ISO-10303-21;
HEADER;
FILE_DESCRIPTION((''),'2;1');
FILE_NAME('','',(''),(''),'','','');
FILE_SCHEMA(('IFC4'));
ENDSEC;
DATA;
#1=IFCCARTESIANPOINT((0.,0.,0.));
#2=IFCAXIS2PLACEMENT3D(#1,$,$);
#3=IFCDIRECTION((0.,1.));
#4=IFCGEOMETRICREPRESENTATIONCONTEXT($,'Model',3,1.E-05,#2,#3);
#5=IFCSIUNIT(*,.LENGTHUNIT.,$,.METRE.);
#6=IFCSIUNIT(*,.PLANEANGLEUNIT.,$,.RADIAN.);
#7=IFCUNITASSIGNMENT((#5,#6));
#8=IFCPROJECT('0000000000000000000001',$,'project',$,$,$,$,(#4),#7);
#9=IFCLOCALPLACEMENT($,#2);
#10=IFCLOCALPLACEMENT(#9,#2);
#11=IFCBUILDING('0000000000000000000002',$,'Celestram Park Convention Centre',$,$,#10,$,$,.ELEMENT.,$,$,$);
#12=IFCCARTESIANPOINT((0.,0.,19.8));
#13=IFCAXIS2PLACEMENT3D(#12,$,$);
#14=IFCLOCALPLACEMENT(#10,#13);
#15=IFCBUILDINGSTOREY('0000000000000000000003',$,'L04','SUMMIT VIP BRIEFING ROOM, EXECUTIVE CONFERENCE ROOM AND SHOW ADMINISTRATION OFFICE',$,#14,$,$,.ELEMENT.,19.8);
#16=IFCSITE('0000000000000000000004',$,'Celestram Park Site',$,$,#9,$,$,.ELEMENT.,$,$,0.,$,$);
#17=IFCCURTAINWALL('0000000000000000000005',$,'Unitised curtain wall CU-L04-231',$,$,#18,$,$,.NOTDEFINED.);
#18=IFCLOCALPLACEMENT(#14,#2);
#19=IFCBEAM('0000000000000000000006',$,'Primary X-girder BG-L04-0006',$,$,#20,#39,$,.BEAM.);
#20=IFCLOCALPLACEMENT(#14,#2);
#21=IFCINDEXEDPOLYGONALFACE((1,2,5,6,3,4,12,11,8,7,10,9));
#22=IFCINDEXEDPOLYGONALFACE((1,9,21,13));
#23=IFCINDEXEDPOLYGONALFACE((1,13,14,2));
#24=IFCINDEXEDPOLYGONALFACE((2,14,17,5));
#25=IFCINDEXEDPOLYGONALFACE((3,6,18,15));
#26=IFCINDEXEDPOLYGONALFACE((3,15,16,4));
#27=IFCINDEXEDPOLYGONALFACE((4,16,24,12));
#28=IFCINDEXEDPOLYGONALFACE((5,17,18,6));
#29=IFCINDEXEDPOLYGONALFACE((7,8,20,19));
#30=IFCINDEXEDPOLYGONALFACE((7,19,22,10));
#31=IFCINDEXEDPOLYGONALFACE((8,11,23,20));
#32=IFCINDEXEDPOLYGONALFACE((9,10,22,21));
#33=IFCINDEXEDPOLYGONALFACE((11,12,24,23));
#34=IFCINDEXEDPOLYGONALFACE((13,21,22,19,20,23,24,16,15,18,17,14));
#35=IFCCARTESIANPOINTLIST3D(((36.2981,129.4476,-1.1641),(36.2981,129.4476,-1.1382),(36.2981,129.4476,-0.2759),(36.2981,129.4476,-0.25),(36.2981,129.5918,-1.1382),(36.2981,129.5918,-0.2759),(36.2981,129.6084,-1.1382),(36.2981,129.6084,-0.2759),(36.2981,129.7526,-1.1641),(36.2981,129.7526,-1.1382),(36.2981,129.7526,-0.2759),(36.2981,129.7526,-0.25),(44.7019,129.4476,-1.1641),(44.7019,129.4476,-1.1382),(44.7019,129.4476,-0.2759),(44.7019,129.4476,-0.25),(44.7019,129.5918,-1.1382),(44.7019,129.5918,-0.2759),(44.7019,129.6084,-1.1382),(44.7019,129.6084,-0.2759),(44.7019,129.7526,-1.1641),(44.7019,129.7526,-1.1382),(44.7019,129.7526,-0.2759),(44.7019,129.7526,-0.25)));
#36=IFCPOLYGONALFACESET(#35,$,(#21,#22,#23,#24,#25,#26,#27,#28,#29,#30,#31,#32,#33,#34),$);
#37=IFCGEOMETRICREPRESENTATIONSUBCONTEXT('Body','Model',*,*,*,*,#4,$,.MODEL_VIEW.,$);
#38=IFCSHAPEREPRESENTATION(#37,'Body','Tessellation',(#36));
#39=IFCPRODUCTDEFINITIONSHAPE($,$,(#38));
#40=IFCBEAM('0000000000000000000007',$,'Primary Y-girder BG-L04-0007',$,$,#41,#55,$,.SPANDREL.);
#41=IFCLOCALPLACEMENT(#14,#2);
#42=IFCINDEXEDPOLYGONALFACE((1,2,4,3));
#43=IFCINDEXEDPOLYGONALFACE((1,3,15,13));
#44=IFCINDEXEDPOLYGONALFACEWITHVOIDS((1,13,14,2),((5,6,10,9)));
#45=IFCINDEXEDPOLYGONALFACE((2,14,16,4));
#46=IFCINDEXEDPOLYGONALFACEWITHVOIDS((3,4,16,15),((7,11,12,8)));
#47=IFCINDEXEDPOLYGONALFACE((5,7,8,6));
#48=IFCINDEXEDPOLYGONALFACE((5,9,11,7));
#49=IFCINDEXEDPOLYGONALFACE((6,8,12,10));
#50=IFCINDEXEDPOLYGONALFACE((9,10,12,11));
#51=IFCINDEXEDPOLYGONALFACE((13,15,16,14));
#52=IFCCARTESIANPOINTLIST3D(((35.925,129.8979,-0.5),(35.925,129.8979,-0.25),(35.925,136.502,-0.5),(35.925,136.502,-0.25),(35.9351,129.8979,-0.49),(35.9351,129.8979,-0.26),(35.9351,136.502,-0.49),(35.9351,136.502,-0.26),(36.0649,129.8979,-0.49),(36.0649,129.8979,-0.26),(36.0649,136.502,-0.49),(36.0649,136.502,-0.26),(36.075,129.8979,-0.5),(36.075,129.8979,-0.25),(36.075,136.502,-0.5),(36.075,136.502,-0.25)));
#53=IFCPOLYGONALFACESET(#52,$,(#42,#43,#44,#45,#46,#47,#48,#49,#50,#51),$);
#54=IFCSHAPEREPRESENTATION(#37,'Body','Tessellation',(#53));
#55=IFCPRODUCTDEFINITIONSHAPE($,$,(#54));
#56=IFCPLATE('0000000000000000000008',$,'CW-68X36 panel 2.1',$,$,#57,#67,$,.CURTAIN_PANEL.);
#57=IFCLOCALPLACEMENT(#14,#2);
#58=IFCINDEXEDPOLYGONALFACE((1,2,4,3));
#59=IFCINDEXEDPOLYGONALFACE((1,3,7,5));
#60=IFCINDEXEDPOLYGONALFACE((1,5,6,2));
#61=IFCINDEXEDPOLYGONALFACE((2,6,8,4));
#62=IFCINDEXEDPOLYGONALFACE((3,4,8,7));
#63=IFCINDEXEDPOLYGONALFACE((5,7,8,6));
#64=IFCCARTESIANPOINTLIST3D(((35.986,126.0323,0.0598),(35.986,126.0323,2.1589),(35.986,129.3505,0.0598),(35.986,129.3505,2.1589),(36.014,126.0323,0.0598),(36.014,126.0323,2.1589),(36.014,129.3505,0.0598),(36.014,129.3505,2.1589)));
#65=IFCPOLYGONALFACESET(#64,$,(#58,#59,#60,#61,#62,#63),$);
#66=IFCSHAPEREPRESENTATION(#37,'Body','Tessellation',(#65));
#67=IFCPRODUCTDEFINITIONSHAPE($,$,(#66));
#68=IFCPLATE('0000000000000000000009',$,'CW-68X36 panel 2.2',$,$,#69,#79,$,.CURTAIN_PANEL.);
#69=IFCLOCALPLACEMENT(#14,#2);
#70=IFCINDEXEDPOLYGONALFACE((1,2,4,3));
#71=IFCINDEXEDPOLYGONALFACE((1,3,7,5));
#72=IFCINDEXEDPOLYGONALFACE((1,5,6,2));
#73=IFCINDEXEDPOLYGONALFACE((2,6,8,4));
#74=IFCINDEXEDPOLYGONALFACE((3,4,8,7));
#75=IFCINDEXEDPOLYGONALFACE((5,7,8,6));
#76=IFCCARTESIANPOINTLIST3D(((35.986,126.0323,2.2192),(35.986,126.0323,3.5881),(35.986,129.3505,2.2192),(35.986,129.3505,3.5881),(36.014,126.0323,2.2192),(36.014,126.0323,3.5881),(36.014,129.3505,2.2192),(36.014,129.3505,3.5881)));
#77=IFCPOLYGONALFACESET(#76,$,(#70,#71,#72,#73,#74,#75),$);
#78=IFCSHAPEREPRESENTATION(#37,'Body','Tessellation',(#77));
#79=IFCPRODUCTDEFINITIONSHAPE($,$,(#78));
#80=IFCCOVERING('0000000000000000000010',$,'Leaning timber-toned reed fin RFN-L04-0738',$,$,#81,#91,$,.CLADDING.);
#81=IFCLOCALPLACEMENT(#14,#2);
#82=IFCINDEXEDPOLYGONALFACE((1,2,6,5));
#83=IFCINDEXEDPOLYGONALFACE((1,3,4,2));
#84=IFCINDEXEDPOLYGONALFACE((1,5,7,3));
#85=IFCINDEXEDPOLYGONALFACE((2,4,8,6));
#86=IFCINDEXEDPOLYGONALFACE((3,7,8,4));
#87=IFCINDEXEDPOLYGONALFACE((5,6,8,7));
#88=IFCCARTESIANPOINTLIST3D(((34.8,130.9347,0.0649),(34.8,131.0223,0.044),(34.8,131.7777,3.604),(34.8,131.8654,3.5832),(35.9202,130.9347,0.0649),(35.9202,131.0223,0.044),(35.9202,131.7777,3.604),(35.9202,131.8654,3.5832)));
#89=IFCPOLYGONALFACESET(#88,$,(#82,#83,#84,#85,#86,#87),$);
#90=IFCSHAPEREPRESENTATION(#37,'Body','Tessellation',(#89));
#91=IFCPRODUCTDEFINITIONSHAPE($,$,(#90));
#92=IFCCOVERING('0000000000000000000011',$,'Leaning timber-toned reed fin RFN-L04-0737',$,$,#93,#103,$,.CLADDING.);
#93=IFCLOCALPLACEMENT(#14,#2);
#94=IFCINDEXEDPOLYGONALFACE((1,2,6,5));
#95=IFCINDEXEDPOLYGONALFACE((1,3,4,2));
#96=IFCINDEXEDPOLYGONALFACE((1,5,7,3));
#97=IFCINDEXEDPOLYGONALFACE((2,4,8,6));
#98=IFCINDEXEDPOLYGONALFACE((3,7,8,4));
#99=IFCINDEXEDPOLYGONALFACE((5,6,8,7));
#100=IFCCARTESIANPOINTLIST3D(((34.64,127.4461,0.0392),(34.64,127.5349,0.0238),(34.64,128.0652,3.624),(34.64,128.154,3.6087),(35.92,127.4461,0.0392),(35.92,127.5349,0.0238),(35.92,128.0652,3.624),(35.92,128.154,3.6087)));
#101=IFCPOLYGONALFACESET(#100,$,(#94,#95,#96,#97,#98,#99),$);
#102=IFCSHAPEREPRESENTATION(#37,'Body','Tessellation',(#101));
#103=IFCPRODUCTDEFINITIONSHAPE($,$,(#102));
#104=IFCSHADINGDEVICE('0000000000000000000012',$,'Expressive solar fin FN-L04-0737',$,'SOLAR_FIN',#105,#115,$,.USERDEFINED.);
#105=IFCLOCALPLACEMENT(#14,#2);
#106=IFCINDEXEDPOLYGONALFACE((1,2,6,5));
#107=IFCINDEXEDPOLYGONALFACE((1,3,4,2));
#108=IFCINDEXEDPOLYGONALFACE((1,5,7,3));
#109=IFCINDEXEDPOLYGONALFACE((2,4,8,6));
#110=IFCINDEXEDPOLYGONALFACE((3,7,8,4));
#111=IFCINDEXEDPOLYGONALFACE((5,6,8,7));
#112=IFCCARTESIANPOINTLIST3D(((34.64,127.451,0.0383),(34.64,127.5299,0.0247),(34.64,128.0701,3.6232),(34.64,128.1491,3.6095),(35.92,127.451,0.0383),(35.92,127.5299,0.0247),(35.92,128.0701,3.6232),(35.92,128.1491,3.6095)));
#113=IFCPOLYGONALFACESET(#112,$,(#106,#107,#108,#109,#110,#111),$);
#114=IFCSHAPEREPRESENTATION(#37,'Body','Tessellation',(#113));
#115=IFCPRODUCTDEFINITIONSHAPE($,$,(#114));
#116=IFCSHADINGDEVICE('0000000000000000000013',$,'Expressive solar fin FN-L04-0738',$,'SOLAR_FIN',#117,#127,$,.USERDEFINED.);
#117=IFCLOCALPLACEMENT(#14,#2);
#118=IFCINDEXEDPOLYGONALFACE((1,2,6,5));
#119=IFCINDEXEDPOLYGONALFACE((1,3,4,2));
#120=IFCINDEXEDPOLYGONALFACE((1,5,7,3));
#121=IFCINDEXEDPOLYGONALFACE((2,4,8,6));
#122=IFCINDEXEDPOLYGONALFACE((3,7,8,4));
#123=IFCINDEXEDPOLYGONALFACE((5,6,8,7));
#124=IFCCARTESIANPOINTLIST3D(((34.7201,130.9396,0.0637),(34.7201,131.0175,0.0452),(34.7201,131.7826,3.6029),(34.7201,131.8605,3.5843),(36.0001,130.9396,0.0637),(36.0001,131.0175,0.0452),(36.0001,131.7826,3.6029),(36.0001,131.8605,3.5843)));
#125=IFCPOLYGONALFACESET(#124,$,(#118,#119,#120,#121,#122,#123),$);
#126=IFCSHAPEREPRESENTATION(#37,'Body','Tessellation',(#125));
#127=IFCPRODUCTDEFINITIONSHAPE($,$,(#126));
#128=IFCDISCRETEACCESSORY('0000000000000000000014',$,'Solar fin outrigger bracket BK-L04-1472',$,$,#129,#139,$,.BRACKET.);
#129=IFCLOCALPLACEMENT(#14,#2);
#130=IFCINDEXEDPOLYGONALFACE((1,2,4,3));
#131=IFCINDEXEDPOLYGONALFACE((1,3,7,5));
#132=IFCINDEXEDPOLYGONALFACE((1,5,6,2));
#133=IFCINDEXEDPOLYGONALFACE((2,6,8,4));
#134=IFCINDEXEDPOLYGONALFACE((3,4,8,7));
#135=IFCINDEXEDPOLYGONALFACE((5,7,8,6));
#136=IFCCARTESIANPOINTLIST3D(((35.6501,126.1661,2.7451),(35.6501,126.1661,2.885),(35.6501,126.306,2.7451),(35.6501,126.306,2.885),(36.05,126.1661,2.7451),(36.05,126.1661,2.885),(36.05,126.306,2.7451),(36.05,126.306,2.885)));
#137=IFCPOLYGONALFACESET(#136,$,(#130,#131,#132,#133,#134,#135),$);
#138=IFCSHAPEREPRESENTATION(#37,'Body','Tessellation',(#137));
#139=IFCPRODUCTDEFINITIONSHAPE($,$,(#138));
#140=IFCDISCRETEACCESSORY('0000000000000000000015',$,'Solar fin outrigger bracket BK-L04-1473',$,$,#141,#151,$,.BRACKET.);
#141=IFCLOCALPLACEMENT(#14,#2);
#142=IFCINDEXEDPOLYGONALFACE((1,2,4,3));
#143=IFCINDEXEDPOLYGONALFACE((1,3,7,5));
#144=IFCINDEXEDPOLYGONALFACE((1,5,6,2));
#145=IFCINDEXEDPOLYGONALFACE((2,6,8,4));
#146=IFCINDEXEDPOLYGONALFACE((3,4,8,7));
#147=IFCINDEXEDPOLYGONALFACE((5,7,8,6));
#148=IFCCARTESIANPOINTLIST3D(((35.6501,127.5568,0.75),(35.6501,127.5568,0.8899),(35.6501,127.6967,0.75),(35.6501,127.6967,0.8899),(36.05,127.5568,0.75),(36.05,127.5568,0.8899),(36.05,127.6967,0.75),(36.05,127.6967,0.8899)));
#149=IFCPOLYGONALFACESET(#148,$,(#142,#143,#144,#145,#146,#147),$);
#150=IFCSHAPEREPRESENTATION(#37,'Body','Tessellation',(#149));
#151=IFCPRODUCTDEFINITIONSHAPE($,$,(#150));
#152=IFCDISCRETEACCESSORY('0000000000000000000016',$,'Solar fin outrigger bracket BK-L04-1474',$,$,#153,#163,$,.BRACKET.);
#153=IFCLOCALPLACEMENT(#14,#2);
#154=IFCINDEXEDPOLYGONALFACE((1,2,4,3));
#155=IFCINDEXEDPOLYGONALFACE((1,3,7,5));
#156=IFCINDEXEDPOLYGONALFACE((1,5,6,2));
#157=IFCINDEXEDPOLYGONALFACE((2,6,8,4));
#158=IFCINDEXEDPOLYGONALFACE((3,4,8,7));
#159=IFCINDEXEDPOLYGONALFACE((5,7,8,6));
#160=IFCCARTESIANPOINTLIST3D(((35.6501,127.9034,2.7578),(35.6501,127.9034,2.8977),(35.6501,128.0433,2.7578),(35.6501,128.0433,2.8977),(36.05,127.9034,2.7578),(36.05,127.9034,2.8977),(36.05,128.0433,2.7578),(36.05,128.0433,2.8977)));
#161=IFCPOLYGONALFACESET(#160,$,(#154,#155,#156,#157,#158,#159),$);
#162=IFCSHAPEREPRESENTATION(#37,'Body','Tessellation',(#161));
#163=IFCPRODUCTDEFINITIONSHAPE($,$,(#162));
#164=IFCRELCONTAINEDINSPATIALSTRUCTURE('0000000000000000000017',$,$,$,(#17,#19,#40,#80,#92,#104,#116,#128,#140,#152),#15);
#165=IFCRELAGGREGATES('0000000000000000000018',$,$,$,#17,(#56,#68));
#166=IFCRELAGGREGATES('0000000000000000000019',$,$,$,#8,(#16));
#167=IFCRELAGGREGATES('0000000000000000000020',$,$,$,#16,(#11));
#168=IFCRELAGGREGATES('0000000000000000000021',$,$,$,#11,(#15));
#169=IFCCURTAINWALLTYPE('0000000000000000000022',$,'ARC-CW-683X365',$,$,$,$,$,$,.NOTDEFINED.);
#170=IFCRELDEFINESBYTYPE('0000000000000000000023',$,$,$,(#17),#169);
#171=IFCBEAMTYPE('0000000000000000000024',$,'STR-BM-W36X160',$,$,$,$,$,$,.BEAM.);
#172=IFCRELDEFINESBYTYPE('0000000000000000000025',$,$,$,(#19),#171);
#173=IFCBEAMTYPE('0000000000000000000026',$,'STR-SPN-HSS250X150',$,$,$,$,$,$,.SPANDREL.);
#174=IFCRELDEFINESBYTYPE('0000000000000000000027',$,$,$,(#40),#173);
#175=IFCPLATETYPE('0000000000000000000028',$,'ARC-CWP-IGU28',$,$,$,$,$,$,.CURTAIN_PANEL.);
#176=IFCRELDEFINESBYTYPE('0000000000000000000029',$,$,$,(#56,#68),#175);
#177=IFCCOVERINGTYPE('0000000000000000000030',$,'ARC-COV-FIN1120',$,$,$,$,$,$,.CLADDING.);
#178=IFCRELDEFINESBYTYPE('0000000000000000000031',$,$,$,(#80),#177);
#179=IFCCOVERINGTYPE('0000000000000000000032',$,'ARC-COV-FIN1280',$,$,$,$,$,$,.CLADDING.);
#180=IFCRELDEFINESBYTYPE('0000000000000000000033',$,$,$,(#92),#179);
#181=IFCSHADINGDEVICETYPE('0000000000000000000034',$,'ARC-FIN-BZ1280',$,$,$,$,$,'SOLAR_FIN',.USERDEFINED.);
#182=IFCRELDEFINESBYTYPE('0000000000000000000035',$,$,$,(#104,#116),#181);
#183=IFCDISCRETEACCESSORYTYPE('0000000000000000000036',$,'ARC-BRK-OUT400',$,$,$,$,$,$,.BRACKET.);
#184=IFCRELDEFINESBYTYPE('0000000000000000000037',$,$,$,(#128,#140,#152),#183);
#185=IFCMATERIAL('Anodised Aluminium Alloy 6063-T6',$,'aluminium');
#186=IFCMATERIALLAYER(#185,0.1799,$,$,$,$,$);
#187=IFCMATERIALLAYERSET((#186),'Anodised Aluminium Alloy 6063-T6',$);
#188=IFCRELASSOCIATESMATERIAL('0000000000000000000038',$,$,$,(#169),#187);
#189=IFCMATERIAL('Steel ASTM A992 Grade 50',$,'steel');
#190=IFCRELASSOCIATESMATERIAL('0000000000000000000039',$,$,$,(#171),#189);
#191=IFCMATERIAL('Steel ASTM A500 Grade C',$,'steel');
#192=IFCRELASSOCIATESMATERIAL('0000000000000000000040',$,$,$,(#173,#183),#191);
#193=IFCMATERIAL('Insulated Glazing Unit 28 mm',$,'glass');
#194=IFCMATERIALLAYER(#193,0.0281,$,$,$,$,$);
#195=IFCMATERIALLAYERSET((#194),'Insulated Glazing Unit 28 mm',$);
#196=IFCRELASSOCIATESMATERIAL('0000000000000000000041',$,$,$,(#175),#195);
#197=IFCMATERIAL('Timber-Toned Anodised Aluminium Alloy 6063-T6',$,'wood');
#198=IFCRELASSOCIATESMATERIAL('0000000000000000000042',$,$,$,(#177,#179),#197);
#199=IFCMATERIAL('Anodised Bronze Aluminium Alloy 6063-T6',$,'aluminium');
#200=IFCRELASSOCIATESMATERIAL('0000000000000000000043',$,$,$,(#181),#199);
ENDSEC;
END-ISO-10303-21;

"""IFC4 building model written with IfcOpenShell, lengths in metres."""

from ifc_helpers import new_model, si_unit, direction, frame, origin, origin_2d, place, context, subcontext, project, spatial, rectangle, hollow_rectangle, i_section, extrude, material, layer, layer_set, material_profile, profile_set, type_object, element, aggregate, save


model = new_model("IFC4")

# Units and contexts
model_context = context("Model", 3, precision=1e-05, world=origin(), true_north=direction((0.0, 1.0)))
body_context = subcontext(model_context, "Body", "Model", "MODEL_VIEW")
ifc_project = project(units=[si_unit("LENGTHUNIT", "METRE"), si_unit("PLANEANGLEUNIT", "RADIAN")], contexts=[model_context])

# Site, building, storey
site_placement = place(None, origin())
site = spatial("IfcSite", under=ifc_project, at=site_placement, Name="Celestram Park Site", CompositionType="ELEMENT", RefElevation=0.0)
building_placement = place(site_placement, origin())
building = spatial("IfcBuilding", under=site, at=building_placement, Name="Celestram Park Convention Centre", CompositionType="ELEMENT")
storey_placement = place(building_placement, frame((0.0, 0.0, 19.8)))
storey = spatial("IfcBuildingStorey", under=building, at=storey_placement, Name="L04", Description="SUMMIT VIP BRIEFING ROOM, EXECUTIVE CONFERENCE ROOM AND SHOW ADMINISTRATION OFFICE", CompositionType="ELEMENT", Elevation=19.8)

# Shared definitions
ifc_material_1 = material(Name="Steel ASTM A992 Grade 50", Category="steel")

# Curtain wall
ifc_material_2 = material(Name="Anodised Aluminium Alloy 6063-T6", Category="aluminium")
ifc_layer_1 = layer(ifc_material_2, 0.1799)
ifc_layer_set_1 = layer_set([ifc_layer_1], Name="Anodised Aluminium Alloy 6063-T6")
curtain_wall_type = type_object("IfcCurtainWallType", Name="ARC-CW-683X365", PredefinedType="NOTDEFINED", material=ifc_layer_set_1)
curtain_wall_1_placement = place(storey_placement, origin())
curtain_wall_1 = element("IfcCurtainWall", 1, at=curtain_wall_1_placement, inside=storey, type_object=curtain_wall_type, Name="Unitised curtain wall CU-L04-231", PredefinedType="NOTDEFINED")

# Beams
ifc_material_profile_1 = material_profile(ifc_material_1, i_section(OverallWidth=0.3049, OverallDepth=0.9141, WebThickness=0.0166, FlangeThickness=0.0259, at=origin_2d()), Name="W36X160")
ifc_profile_set_1 = profile_set([ifc_material_profile_1], Name="Steel ASTM A992 Grade 50")
beam_type_1 = type_object("IfcBeamType", Name="STR-BM-W36X160", PredefinedType="BEAM", material=ifc_profile_set_1)
beam_1_placement = place(storey_placement, frame((36.2981, 129.6001, -0.707), z_axis=(1.0, 0.0, 0.0), x_axis=(0.0, 1.0, 0.0)))
element("IfcBeam", 2, at=beam_1_placement, inside=storey, type_object=beam_type_1, Name="Primary X-girder BG-L04-0006", PredefinedType="BEAM", context=body_context, shape_type="SweptSolid", body=[
    extrude(i_section(OverallWidth=0.3049, OverallDepth=0.9141, WebThickness=0.0166, FlangeThickness=0.0259, at=origin_2d()), origin(), (0.0, 0.0, 1.0), 8.4038),
])
ifc_material_3 = material(Name="Steel ASTM A500 Grade C", Category="steel")
ifc_material_profile_2 = material_profile(ifc_material_3, hollow_rectangle(XDim=0.1499, YDim=0.25, WallThickness=0.01, at=origin_2d()), Name="HSS250X150X10")
ifc_profile_set_2 = profile_set([ifc_material_profile_2], Name="Steel ASTM A500 Grade C")
beam_type_2 = type_object("IfcBeamType", Name="STR-SPN-HSS250X150", PredefinedType="SPANDREL", material=ifc_profile_set_2)
beam_2_placement = place(storey_placement, frame((36.0, 129.8979, -0.375), z_axis=(0.0, 1.0, 0.0), x_axis=(-1.0, 0.0, 0.0)))
element("IfcBeam", 3, at=beam_2_placement, inside=storey, type_object=beam_type_2, Name="Primary Y-girder BG-L04-0007", PredefinedType="SPANDREL", context=body_context, shape_type="SweptSolid", body=[
    extrude(hollow_rectangle(XDim=0.1499, YDim=0.25, WallThickness=0.01, at=origin_2d()), origin(), (0.0, 0.0, 1.0), 6.604),
])

# Plates
ifc_material_4 = material(Name="Insulated Glazing Unit 28 mm", Category="glass")
ifc_layer_2 = layer(ifc_material_4, 0.0281)
ifc_layer_set_2 = layer_set([ifc_layer_2], Name="Insulated Glazing Unit 28 mm")
plate_type = type_object("IfcPlateType", Name="ARC-CWP-IGU28", PredefinedType="CURTAIN_PANEL", material=ifc_layer_set_2)
plate_1_placement = place(storey_placement, frame((36.0, 127.6914, 0.0598), z_axis=(0.0, 0.0, 1.0), x_axis=(0.0, 1.0, 0.0)))
plate_1 = element("IfcPlate", 4, at=plate_1_placement, type_object=plate_type, Name="CW-68X36 panel 2.1", PredefinedType="CURTAIN_PANEL", context=body_context, shape_type="SweptSolid", body=[
    extrude(rectangle(XDim=3.3181, YDim=0.0281, at=origin_2d()), origin(), (0.0, 0.0, 1.0), 2.0991),
])
plate_2_placement = place(storey_placement, frame((36.0, 127.6914, 2.2192), z_axis=(0.0, 0.0, 1.0), x_axis=(0.0, 1.0, 0.0)))
plate_2 = element("IfcPlate", 5, at=plate_2_placement, type_object=plate_type, Name="CW-68X36 panel 2.2", PredefinedType="CURTAIN_PANEL", context=body_context, shape_type="SweptSolid", body=[
    extrude(rectangle(XDim=3.3181, YDim=0.0281, at=origin_2d()), origin(), (0.0, 0.0, 1.0), 1.3689),
])
aggregate(curtain_wall_1, [plate_1, plate_2])

# Coverings
ifc_material_5 = material(Name="Timber-Toned Anodised Aluminium Alloy 6063-T6", Category="wood")
ifc_material_profile_3 = material_profile(ifc_material_5, rectangle(XDim=1.1201, YDim=0.0901, at=origin_2d()), Name="REED1120X90")
ifc_profile_set_3 = profile_set([ifc_material_profile_3], Name="Timber-Toned Anodised Aluminium Alloy 6063-T6")
covering_type_1 = type_object("IfcCoveringType", Name="ARC-COV-FIN1120", PredefinedType="CLADDING", material=ifc_profile_set_3)
covering_1_placement = place(storey_placement, frame((35.3601, 130.9785, 0.0544), z_axis=(0.0, 0.23172, 0.972782), x_axis=(-1.0, 0.0, 0.0)))
element("IfcCovering", 6, at=covering_1_placement, inside=storey, type_object=covering_type_1, Name="Leaning timber-toned reed fin RFN-L04-0738", PredefinedType="CLADDING", context=body_context, shape_type="SweptSolid", body=[
    extrude(rectangle(XDim=1.1201, YDim=0.0901, at=origin_2d()), origin(), (0.0, 0.0, 1.0), 3.6382),
])
ifc_material_profile_4 = material_profile(ifc_material_5, rectangle(XDim=1.28, YDim=0.0901, at=origin_2d()), Name="REED1280X90")
ifc_profile_set_4 = profile_set([ifc_material_profile_4], Name="Timber-Toned Anodised Aluminium Alloy 6063-T6")
covering_type_2 = type_object("IfcCoveringType", Name="ARC-COV-FIN1280", PredefinedType="CLADDING", material=ifc_profile_set_4)
covering_2_placement = place(storey_placement, frame((35.28, 127.4905, 0.0315), z_axis=(0.0, 0.170186, 0.985412), x_axis=(-1.0, 0.0, 0.0)))
element("IfcCovering", 7, at=covering_2_placement, inside=storey, type_object=covering_type_2, Name="Leaning timber-toned reed fin RFN-L04-0737", PredefinedType="CLADDING", context=body_context, shape_type="SweptSolid", body=[
    extrude(rectangle(XDim=1.28, YDim=0.0901, at=origin_2d()), origin(), (0.0, 0.0, 1.0), 3.6379),
])

# Shading devices
ifc_material_6 = material(Name="Anodised Bronze Aluminium Alloy 6063-T6", Category="aluminium")
ifc_material_profile_5 = material_profile(ifc_material_6, rectangle(XDim=1.28, YDim=0.0801, at=origin_2d()), Name="FIN1280X80")
ifc_profile_set_5 = profile_set([ifc_material_profile_5], Name="Anodised Bronze Aluminium Alloy 6063-T6")
shading_device_type = type_object("IfcShadingDeviceType", Name="ARC-FIN-BZ1280", ElementType="SOLAR_FIN", PredefinedType="USERDEFINED", material=ifc_profile_set_5)
shading_device_1_placement = place(storey_placement, frame((35.28, 127.4905, 0.0315), z_axis=(0.0, 0.170186, 0.985412), x_axis=(-1.0, 0.0, 0.0)))
element("IfcShadingDevice", 8, at=shading_device_1_placement, inside=storey, type_object=shading_device_type, Name="Expressive solar fin FN-L04-0737", ObjectType="SOLAR_FIN", PredefinedType="USERDEFINED", context=body_context, shape_type="SweptSolid", body=[
    extrude(rectangle(XDim=1.28, YDim=0.0801, at=origin_2d()), origin(), (0.0, 0.0, 1.0), 3.6379),
])
shading_device_2_placement = place(storey_placement, frame((35.3601, 130.9785, 0.0544), z_axis=(0.0, 0.23172, 0.972782), x_axis=(-1.0, 0.0, 0.0)))
element("IfcShadingDevice", 9, at=shading_device_2_placement, inside=storey, type_object=shading_device_type, Name="Expressive solar fin FN-L04-0738", ObjectType="SOLAR_FIN", PredefinedType="USERDEFINED", context=body_context, shape_type="SweptSolid", body=[
    extrude(rectangle(XDim=1.28, YDim=0.0801, at=origin_2d()), origin(), (0.0, 0.0, 1.0), 3.6382),
])

# Discrete accessories
discrete_accessory_type = type_object("IfcDiscreteAccessoryType", Name="ARC-BRK-OUT400", PredefinedType="BRACKET", material=ifc_material_3)
for number, where, z_axis, x_axis, name in (
    (10, (35.8501, 126.2361, 2.7451), (0.0, 0.0, 1.0), (-1.0, 0.0, 0.0), "Solar fin outrigger bracket BK-L04-1472"),
    (11, (35.8501, 127.6267, 0.75), (0.0, 0.0, 1.0), (-1.0, 0.0, 0.0), "Solar fin outrigger bracket BK-L04-1473"),
    (12, (35.8501, 127.9734, 2.7578), (0.0, 0.0, 1.0), (-1.0, 0.0, 0.0), "Solar fin outrigger bracket BK-L04-1474"),
):
    element("IfcDiscreteAccessory", number, at=place(storey_placement, frame(where, z_axis=z_axis, x_axis=x_axis)), inside=storey, type_object=discrete_accessory_type, Name=name, PredefinedType="BRACKET", context=body_context, shape_type="SweptSolid", body=[
        extrude(rectangle(XDim=0.3999, YDim=0.1399, at=origin_2d()), origin(), (0.0, 0.0, 1.0), 0.1399),
    ])

save(model, "model.ifc")
